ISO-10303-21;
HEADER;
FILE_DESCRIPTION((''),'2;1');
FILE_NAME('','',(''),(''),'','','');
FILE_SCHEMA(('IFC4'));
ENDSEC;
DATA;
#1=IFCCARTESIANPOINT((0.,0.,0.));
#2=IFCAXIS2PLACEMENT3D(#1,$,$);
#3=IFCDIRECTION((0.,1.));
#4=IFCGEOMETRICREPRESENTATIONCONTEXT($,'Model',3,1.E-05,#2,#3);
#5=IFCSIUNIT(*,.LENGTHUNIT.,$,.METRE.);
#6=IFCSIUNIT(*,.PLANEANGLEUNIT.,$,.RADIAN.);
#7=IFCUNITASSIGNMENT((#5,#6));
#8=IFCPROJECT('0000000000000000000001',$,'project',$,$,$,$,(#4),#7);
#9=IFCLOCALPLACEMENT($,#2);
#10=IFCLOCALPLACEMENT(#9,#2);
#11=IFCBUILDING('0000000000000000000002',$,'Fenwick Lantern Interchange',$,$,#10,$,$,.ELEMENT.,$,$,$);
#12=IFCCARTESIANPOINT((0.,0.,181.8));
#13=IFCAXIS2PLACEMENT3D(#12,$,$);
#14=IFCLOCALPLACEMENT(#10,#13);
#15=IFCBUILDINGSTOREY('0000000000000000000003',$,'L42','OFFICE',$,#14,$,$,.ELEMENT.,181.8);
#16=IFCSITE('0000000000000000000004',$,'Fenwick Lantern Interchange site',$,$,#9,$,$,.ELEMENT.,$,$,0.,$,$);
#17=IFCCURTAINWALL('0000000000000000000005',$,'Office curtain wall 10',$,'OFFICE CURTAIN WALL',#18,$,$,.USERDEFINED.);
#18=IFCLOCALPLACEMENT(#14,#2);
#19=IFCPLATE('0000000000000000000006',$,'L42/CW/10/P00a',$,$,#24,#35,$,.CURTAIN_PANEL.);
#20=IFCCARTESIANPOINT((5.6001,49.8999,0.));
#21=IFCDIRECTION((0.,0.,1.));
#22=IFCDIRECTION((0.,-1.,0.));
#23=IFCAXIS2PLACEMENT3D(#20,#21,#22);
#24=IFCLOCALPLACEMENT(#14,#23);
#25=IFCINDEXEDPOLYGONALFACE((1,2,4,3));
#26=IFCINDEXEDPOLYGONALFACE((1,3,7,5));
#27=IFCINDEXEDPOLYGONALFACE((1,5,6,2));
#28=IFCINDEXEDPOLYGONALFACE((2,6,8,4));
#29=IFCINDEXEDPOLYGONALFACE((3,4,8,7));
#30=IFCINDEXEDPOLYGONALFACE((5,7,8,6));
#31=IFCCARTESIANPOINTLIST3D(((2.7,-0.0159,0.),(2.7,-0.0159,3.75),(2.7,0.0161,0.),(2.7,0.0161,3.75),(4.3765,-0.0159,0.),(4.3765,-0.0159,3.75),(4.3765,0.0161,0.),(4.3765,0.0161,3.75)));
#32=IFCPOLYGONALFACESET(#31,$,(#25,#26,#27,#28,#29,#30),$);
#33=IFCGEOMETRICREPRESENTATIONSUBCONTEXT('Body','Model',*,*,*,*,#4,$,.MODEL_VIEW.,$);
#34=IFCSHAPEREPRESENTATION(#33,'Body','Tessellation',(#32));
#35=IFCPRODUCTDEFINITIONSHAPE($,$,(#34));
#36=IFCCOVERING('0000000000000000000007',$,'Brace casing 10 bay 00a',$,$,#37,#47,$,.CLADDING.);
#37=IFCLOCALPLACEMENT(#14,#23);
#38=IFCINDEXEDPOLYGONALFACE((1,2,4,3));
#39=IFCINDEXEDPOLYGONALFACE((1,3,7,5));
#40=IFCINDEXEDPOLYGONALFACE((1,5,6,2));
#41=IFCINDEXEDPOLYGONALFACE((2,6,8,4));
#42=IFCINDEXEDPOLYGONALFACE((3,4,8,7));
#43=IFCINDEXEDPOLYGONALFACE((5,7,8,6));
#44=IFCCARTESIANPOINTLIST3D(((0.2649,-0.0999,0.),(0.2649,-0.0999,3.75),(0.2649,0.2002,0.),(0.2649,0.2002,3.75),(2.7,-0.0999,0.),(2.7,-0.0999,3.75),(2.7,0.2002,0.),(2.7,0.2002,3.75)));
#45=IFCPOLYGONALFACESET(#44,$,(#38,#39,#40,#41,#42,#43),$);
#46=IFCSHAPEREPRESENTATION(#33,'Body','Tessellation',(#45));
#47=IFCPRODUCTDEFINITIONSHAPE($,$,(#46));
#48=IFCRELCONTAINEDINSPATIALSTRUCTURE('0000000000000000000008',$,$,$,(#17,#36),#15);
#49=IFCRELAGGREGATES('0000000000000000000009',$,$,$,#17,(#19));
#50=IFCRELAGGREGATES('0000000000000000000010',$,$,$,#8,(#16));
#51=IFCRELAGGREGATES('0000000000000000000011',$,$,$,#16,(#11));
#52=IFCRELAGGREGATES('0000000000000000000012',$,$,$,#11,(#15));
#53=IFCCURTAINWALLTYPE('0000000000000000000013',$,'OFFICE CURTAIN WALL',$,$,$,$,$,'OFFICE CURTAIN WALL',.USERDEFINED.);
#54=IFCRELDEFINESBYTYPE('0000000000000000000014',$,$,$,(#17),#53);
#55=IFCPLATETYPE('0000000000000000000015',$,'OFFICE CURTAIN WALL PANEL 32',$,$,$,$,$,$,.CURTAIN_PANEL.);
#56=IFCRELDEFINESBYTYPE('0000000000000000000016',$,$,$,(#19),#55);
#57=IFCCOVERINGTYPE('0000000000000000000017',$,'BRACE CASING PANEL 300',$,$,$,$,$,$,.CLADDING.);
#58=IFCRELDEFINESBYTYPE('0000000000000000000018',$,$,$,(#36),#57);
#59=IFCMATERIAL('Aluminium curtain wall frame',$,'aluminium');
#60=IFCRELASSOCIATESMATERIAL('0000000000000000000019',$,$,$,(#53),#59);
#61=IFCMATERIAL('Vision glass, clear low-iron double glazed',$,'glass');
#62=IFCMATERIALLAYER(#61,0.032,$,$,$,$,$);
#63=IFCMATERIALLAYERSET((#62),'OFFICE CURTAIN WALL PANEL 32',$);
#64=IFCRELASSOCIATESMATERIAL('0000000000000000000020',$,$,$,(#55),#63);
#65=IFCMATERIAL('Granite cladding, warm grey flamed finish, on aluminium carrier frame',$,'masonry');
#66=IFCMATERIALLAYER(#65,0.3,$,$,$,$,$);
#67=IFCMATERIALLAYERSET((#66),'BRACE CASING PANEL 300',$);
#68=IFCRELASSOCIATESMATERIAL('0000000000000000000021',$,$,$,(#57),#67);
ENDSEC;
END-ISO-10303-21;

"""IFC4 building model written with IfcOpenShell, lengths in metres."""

from ifc_helpers import new_model, si_unit, direction, frame, origin, place, context, subcontext, project, spatial, polyline, outline, extrude, material, layer, layer_set, type_object, element, aggregate, save


model = new_model("IFC4")

# Units and contexts
model_context = context("Model", 3, precision=1e-05, world=origin(), true_north=direction((0.0, 1.0)))
body_context = subcontext(model_context, "Body", "Model", "MODEL_VIEW")
ifc_project = project(units=[si_unit("LENGTHUNIT", "METRE"), si_unit("PLANEANGLEUNIT", "RADIAN")], contexts=[model_context])

# Site, building, storey
site_placement = place(None, origin())
site = spatial("IfcSite", under=ifc_project, at=site_placement, Name="Fenwick Lantern Interchange site", CompositionType="ELEMENT", RefElevation=0.0)
building_placement = place(site_placement, origin())
building = spatial("IfcBuilding", under=site, at=building_placement, Name="Fenwick Lantern Interchange", CompositionType="ELEMENT")
storey_placement = place(building_placement, frame((0.0, 0.0, 181.8)))
storey = spatial("IfcBuildingStorey", under=building, at=storey_placement, Name="L42", Description="OFFICE", CompositionType="ELEMENT", Elevation=181.8)

# Shared definitions
ifc_material_1 = material(Name="Aluminium curtain wall frame", Category="aluminium")
curtain_wall_type = type_object("IfcCurtainWallType", Name="OFFICE CURTAIN WALL", ElementType="OFFICE CURTAIN WALL", PredefinedType="USERDEFINED", material=ifc_material_1)

# Curtain wall
curtain_wall_1_placement = place(storey_placement, origin())
curtain_wall_1 = element("IfcCurtainWall", 1, at=curtain_wall_1_placement, inside=storey, type_object=curtain_wall_type, Name="Office curtain wall 10", ObjectType="OFFICE CURTAIN WALL", PredefinedType="USERDEFINED")

# Plate
ifc_material_2 = material(Name="Vision glass, clear low-iron double glazed", Category="glass")
ifc_layer_1 = layer(ifc_material_2, 0.032)
ifc_layer_set_1 = layer_set([ifc_layer_1], Name="OFFICE CURTAIN WALL PANEL 32")
plate_type = type_object("IfcPlateType", Name="OFFICE CURTAIN WALL PANEL 32", PredefinedType="CURTAIN_PANEL", material=ifc_layer_set_1)
plate_1_placement = place(storey_placement, frame((5.6001, 49.8999, 0.0), z_axis=(0.0, 0.0, 1.0), x_axis=(0.0, -1.0, 0.0)))
plate_1 = element("IfcPlate", 2, at=plate_1_placement, type_object=plate_type, Name="L42/CW/10/P00a", PredefinedType="CURTAIN_PANEL", context=body_context, shape_type="SweptSolid", body=[
    extrude(outline(polyline([(2.7, 0.0), (4.3765, 0.0), (4.3765, 3.75), (2.7, 3.75), (2.7, 0.0)])), frame((0.0, 0.0161, 0.0), z_axis=(0.0, -1.0, 0.0), x_axis=(1.0, 0.0, 0.0)), (0.0, 0.0, 1.0), 0.032),
])
aggregate(curtain_wall_1, [plate_1])

# Covering
ifc_material_3 = material(Name="Granite cladding, warm grey flamed finish, on aluminium carrier frame", Category="masonry")
ifc_layer_2 = layer(ifc_material_3, 0.3)
ifc_layer_set_2 = layer_set([ifc_layer_2], Name="BRACE CASING PANEL 300")
covering_type = type_object("IfcCoveringType", Name="BRACE CASING PANEL 300", PredefinedType="CLADDING", material=ifc_layer_set_2)
covering_placement = place(storey_placement, frame((5.6001, 49.8999, 0.0), z_axis=(0.0, 0.0, 1.0), x_axis=(0.0, -1.0, 0.0)))
element("IfcCovering", 3, at=covering_placement, inside=storey, type_object=covering_type, Name="Brace casing 10 bay 00a", PredefinedType="CLADDING", context=body_context, shape_type="SweptSolid", body=[
    extrude(outline(polyline([(0.2649, 0.0), (2.7, 0.0), (2.7, 3.75), (0.2649, 3.75), (0.2649, 0.0)])), frame((0.0, 0.2002, 0.0), z_axis=(0.0, -1.0, 0.0), x_axis=(1.0, 0.0, 0.0)), (0.0, 0.0, 1.0), 0.3),
])

save(model, "model.ifc")
